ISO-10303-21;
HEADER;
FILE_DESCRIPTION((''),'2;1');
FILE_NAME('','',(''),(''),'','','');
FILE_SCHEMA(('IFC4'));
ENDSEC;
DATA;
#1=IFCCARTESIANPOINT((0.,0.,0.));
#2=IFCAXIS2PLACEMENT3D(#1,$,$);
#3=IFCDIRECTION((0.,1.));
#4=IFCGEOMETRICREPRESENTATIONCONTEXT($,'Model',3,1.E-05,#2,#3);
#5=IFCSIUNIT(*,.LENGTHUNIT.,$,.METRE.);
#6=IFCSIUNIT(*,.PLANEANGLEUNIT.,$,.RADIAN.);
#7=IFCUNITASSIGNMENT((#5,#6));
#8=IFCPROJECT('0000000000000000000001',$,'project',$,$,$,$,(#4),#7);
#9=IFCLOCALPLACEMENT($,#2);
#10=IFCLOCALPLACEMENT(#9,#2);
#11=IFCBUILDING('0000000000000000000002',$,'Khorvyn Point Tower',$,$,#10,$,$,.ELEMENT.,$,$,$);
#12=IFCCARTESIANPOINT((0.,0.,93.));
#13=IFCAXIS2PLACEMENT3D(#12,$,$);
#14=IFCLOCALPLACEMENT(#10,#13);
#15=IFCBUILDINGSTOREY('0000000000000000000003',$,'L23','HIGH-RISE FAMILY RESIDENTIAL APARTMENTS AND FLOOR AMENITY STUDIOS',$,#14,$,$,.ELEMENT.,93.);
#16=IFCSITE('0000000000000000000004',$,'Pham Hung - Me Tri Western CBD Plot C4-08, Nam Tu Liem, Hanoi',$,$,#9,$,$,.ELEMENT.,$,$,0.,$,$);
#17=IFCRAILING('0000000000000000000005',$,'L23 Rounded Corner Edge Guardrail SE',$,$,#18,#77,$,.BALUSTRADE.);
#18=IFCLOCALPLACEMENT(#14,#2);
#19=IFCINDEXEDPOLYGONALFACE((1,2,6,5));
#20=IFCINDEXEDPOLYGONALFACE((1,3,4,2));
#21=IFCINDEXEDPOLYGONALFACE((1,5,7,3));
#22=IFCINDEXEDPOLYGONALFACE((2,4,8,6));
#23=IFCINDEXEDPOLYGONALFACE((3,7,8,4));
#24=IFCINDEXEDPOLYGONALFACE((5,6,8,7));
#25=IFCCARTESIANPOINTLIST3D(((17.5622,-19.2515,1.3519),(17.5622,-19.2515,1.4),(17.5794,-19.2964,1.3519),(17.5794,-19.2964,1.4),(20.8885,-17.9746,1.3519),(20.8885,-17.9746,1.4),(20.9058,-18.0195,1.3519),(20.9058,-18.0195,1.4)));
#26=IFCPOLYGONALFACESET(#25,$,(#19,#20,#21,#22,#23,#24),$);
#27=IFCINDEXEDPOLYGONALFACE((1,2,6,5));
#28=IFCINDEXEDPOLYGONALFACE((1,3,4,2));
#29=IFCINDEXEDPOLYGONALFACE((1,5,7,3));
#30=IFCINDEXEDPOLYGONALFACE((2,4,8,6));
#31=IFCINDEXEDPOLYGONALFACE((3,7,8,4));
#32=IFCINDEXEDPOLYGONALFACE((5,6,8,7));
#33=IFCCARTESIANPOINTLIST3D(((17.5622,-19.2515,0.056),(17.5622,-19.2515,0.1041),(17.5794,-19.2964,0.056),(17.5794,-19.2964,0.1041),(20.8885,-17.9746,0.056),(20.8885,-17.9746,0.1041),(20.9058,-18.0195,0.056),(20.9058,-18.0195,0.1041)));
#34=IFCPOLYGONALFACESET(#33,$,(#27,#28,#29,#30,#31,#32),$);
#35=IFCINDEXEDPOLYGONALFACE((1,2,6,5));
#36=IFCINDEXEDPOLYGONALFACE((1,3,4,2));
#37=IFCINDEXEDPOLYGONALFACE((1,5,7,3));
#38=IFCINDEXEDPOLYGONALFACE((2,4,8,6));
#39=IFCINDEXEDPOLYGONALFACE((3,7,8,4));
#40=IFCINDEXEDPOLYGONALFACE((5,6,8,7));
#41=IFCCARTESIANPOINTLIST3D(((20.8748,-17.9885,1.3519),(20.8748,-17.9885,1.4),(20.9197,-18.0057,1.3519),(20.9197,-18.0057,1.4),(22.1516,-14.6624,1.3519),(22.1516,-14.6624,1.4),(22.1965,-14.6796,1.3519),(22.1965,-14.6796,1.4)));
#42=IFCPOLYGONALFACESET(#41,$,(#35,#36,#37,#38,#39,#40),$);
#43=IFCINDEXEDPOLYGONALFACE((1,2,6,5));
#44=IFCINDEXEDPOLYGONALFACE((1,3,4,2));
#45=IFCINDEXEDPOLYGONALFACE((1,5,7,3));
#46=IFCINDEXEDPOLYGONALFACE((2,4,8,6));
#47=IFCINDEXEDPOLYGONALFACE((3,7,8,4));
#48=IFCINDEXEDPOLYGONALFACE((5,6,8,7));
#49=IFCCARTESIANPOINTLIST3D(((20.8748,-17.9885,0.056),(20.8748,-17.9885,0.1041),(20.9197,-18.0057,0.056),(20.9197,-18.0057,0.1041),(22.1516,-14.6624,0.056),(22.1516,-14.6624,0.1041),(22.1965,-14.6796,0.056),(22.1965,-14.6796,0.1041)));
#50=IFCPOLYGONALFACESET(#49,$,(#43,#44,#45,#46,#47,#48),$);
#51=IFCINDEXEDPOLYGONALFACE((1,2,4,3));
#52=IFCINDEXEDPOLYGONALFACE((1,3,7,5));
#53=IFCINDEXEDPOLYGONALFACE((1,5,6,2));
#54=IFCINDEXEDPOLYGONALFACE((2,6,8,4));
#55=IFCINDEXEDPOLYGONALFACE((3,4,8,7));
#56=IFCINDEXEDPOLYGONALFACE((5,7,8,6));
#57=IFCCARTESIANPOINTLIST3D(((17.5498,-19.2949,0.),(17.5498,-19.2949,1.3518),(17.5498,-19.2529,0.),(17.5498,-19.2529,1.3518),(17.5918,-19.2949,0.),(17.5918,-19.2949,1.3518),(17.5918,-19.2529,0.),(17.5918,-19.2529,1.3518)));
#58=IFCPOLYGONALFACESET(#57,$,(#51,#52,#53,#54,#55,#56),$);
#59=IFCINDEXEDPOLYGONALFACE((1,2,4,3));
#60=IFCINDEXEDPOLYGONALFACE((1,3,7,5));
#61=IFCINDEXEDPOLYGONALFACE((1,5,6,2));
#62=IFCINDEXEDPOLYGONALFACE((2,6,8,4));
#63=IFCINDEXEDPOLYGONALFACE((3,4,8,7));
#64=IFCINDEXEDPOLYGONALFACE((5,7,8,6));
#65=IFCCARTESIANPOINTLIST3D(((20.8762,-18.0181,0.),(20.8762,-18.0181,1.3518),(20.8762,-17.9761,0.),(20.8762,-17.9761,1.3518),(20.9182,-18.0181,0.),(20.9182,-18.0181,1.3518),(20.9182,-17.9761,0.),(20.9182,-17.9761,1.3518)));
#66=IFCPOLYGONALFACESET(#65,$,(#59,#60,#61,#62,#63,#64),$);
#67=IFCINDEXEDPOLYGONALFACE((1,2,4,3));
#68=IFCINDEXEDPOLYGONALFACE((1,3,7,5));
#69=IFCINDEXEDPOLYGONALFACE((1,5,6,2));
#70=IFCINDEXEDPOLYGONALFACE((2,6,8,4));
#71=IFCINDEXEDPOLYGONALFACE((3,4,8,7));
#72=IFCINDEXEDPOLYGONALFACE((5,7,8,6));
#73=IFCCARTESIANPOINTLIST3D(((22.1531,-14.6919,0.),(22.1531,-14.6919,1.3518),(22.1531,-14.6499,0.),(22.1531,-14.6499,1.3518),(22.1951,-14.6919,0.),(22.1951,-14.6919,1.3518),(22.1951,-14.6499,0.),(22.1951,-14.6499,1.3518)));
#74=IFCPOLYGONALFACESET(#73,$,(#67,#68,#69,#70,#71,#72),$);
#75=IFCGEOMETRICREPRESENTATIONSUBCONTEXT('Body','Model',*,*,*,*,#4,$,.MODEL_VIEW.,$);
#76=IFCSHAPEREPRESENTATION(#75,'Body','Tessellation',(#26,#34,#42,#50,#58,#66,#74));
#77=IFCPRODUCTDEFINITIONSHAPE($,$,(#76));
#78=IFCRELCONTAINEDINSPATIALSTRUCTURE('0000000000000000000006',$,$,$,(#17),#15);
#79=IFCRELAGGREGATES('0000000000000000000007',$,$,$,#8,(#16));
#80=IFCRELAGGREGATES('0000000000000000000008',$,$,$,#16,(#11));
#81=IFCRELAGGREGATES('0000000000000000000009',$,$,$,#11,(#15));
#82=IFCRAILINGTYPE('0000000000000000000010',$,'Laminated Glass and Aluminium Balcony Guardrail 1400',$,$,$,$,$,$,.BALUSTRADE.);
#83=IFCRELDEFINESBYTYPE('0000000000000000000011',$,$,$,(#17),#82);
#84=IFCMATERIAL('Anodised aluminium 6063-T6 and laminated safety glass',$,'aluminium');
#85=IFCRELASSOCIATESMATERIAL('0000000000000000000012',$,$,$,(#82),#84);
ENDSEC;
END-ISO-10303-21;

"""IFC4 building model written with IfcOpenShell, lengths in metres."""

from ifc_helpers import new_model, si_unit, direction, frame, origin, origin_2d, place, context, subcontext, project, spatial, rectangle, extrude, material, type_object, element, save


model = new_model("IFC4")

# Units and contexts
model_context = context("Model", 3, precision=1e-05, world=origin(), true_north=direction((0.0, 1.0)))
body_context = subcontext(model_context, "Body", "Model", "MODEL_VIEW")
ifc_project = project(units=[si_unit("LENGTHUNIT", "METRE"), si_unit("PLANEANGLEUNIT", "RADIAN")], contexts=[model_context])

# Site, building, storey
site_placement = place(None, origin())
site = spatial("IfcSite", under=ifc_project, at=site_placement, Name="Pham Hung - Me Tri Western CBD Plot C4-08, Nam Tu Liem, Hanoi", CompositionType="ELEMENT", RefElevation=0.0)
building_placement = place(site_placement, origin())
building = spatial("IfcBuilding", under=site, at=building_placement, Name="Khorvyn Point Tower", CompositionType="ELEMENT")
storey_placement = place(building_placement, frame((0.0, 0.0, 93.0)))
storey = spatial("IfcBuildingStorey", under=building, at=storey_placement, Name="L23", Description="HIGH-RISE FAMILY RESIDENTIAL APARTMENTS AND FLOOR AMENITY STUDIOS", CompositionType="ELEMENT", Elevation=93.0)

# Railing
ifc_material_1 = material(Name="Anodised aluminium 6063-T6 and laminated safety glass", Category="aluminium")
railing_type = type_object("IfcRailingType", Name="Laminated Glass and Aluminium Balcony Guardrail 1400", PredefinedType="BALUSTRADE", material=ifc_material_1)
railing_1_placement = place(storey_placement, frame((17.5708, -19.2739, 0.0)))
element("IfcRailing", 1, at=railing_1_placement, inside=storey, type_object=railing_type, Name="L23 Rounded Corner Edge Guardrail SE", PredefinedType="BALUSTRADE", context=body_context, shape_type="SweptSolid", body=[
    extrude(rectangle(XDim=0.0481, YDim=0.0481, at=origin_2d()), frame((0.0, 0.0, 1.376), z_axis=(0.933584, 0.358359, 0.0), x_axis=(-0.358359, 0.933584, 0.0)), (0.0, 0.0, 1.0), 3.563),
    extrude(rectangle(XDim=0.0481, YDim=0.0481, at=origin_2d()), frame((0.0, 0.0, 0.0801), z_axis=(0.933584, 0.358359, 0.0), x_axis=(-0.358359, 0.933584, 0.0)), (0.0, 0.0, 1.0), 3.563),
    extrude(rectangle(XDim=0.0481, YDim=0.0481, at=origin_2d()), frame((3.3264, 1.2769, 1.376), z_axis=(0.358382, 0.933575, 0.0), x_axis=(-0.933575, 0.358382, 0.0)), (0.0, 0.0, 1.0), 3.5627),
    extrude(rectangle(XDim=0.0481, YDim=0.0481, at=origin_2d()), frame((3.3264, 1.2769, 0.0801), z_axis=(0.358382, 0.933575, 0.0), x_axis=(-0.933575, 0.358382, 0.0)), (0.0, 0.0, 1.0), 3.5627),
    extrude(rectangle(XDim=0.042, YDim=0.042, at=origin_2d()), origin(), (0.0, 0.0, 1.0), 1.3518),
    extrude(rectangle(XDim=0.042, YDim=0.042, at=origin_2d()), frame((3.3264, 1.2769, 0.0)), (0.0, 0.0, 1.0), 1.3518),
    extrude(rectangle(XDim=0.042, YDim=0.042, at=origin_2d()), frame((4.6033, 4.603, 0.0)), (0.0, 0.0, 1.0), 1.3518),
])

save(model, "model.ifc")
